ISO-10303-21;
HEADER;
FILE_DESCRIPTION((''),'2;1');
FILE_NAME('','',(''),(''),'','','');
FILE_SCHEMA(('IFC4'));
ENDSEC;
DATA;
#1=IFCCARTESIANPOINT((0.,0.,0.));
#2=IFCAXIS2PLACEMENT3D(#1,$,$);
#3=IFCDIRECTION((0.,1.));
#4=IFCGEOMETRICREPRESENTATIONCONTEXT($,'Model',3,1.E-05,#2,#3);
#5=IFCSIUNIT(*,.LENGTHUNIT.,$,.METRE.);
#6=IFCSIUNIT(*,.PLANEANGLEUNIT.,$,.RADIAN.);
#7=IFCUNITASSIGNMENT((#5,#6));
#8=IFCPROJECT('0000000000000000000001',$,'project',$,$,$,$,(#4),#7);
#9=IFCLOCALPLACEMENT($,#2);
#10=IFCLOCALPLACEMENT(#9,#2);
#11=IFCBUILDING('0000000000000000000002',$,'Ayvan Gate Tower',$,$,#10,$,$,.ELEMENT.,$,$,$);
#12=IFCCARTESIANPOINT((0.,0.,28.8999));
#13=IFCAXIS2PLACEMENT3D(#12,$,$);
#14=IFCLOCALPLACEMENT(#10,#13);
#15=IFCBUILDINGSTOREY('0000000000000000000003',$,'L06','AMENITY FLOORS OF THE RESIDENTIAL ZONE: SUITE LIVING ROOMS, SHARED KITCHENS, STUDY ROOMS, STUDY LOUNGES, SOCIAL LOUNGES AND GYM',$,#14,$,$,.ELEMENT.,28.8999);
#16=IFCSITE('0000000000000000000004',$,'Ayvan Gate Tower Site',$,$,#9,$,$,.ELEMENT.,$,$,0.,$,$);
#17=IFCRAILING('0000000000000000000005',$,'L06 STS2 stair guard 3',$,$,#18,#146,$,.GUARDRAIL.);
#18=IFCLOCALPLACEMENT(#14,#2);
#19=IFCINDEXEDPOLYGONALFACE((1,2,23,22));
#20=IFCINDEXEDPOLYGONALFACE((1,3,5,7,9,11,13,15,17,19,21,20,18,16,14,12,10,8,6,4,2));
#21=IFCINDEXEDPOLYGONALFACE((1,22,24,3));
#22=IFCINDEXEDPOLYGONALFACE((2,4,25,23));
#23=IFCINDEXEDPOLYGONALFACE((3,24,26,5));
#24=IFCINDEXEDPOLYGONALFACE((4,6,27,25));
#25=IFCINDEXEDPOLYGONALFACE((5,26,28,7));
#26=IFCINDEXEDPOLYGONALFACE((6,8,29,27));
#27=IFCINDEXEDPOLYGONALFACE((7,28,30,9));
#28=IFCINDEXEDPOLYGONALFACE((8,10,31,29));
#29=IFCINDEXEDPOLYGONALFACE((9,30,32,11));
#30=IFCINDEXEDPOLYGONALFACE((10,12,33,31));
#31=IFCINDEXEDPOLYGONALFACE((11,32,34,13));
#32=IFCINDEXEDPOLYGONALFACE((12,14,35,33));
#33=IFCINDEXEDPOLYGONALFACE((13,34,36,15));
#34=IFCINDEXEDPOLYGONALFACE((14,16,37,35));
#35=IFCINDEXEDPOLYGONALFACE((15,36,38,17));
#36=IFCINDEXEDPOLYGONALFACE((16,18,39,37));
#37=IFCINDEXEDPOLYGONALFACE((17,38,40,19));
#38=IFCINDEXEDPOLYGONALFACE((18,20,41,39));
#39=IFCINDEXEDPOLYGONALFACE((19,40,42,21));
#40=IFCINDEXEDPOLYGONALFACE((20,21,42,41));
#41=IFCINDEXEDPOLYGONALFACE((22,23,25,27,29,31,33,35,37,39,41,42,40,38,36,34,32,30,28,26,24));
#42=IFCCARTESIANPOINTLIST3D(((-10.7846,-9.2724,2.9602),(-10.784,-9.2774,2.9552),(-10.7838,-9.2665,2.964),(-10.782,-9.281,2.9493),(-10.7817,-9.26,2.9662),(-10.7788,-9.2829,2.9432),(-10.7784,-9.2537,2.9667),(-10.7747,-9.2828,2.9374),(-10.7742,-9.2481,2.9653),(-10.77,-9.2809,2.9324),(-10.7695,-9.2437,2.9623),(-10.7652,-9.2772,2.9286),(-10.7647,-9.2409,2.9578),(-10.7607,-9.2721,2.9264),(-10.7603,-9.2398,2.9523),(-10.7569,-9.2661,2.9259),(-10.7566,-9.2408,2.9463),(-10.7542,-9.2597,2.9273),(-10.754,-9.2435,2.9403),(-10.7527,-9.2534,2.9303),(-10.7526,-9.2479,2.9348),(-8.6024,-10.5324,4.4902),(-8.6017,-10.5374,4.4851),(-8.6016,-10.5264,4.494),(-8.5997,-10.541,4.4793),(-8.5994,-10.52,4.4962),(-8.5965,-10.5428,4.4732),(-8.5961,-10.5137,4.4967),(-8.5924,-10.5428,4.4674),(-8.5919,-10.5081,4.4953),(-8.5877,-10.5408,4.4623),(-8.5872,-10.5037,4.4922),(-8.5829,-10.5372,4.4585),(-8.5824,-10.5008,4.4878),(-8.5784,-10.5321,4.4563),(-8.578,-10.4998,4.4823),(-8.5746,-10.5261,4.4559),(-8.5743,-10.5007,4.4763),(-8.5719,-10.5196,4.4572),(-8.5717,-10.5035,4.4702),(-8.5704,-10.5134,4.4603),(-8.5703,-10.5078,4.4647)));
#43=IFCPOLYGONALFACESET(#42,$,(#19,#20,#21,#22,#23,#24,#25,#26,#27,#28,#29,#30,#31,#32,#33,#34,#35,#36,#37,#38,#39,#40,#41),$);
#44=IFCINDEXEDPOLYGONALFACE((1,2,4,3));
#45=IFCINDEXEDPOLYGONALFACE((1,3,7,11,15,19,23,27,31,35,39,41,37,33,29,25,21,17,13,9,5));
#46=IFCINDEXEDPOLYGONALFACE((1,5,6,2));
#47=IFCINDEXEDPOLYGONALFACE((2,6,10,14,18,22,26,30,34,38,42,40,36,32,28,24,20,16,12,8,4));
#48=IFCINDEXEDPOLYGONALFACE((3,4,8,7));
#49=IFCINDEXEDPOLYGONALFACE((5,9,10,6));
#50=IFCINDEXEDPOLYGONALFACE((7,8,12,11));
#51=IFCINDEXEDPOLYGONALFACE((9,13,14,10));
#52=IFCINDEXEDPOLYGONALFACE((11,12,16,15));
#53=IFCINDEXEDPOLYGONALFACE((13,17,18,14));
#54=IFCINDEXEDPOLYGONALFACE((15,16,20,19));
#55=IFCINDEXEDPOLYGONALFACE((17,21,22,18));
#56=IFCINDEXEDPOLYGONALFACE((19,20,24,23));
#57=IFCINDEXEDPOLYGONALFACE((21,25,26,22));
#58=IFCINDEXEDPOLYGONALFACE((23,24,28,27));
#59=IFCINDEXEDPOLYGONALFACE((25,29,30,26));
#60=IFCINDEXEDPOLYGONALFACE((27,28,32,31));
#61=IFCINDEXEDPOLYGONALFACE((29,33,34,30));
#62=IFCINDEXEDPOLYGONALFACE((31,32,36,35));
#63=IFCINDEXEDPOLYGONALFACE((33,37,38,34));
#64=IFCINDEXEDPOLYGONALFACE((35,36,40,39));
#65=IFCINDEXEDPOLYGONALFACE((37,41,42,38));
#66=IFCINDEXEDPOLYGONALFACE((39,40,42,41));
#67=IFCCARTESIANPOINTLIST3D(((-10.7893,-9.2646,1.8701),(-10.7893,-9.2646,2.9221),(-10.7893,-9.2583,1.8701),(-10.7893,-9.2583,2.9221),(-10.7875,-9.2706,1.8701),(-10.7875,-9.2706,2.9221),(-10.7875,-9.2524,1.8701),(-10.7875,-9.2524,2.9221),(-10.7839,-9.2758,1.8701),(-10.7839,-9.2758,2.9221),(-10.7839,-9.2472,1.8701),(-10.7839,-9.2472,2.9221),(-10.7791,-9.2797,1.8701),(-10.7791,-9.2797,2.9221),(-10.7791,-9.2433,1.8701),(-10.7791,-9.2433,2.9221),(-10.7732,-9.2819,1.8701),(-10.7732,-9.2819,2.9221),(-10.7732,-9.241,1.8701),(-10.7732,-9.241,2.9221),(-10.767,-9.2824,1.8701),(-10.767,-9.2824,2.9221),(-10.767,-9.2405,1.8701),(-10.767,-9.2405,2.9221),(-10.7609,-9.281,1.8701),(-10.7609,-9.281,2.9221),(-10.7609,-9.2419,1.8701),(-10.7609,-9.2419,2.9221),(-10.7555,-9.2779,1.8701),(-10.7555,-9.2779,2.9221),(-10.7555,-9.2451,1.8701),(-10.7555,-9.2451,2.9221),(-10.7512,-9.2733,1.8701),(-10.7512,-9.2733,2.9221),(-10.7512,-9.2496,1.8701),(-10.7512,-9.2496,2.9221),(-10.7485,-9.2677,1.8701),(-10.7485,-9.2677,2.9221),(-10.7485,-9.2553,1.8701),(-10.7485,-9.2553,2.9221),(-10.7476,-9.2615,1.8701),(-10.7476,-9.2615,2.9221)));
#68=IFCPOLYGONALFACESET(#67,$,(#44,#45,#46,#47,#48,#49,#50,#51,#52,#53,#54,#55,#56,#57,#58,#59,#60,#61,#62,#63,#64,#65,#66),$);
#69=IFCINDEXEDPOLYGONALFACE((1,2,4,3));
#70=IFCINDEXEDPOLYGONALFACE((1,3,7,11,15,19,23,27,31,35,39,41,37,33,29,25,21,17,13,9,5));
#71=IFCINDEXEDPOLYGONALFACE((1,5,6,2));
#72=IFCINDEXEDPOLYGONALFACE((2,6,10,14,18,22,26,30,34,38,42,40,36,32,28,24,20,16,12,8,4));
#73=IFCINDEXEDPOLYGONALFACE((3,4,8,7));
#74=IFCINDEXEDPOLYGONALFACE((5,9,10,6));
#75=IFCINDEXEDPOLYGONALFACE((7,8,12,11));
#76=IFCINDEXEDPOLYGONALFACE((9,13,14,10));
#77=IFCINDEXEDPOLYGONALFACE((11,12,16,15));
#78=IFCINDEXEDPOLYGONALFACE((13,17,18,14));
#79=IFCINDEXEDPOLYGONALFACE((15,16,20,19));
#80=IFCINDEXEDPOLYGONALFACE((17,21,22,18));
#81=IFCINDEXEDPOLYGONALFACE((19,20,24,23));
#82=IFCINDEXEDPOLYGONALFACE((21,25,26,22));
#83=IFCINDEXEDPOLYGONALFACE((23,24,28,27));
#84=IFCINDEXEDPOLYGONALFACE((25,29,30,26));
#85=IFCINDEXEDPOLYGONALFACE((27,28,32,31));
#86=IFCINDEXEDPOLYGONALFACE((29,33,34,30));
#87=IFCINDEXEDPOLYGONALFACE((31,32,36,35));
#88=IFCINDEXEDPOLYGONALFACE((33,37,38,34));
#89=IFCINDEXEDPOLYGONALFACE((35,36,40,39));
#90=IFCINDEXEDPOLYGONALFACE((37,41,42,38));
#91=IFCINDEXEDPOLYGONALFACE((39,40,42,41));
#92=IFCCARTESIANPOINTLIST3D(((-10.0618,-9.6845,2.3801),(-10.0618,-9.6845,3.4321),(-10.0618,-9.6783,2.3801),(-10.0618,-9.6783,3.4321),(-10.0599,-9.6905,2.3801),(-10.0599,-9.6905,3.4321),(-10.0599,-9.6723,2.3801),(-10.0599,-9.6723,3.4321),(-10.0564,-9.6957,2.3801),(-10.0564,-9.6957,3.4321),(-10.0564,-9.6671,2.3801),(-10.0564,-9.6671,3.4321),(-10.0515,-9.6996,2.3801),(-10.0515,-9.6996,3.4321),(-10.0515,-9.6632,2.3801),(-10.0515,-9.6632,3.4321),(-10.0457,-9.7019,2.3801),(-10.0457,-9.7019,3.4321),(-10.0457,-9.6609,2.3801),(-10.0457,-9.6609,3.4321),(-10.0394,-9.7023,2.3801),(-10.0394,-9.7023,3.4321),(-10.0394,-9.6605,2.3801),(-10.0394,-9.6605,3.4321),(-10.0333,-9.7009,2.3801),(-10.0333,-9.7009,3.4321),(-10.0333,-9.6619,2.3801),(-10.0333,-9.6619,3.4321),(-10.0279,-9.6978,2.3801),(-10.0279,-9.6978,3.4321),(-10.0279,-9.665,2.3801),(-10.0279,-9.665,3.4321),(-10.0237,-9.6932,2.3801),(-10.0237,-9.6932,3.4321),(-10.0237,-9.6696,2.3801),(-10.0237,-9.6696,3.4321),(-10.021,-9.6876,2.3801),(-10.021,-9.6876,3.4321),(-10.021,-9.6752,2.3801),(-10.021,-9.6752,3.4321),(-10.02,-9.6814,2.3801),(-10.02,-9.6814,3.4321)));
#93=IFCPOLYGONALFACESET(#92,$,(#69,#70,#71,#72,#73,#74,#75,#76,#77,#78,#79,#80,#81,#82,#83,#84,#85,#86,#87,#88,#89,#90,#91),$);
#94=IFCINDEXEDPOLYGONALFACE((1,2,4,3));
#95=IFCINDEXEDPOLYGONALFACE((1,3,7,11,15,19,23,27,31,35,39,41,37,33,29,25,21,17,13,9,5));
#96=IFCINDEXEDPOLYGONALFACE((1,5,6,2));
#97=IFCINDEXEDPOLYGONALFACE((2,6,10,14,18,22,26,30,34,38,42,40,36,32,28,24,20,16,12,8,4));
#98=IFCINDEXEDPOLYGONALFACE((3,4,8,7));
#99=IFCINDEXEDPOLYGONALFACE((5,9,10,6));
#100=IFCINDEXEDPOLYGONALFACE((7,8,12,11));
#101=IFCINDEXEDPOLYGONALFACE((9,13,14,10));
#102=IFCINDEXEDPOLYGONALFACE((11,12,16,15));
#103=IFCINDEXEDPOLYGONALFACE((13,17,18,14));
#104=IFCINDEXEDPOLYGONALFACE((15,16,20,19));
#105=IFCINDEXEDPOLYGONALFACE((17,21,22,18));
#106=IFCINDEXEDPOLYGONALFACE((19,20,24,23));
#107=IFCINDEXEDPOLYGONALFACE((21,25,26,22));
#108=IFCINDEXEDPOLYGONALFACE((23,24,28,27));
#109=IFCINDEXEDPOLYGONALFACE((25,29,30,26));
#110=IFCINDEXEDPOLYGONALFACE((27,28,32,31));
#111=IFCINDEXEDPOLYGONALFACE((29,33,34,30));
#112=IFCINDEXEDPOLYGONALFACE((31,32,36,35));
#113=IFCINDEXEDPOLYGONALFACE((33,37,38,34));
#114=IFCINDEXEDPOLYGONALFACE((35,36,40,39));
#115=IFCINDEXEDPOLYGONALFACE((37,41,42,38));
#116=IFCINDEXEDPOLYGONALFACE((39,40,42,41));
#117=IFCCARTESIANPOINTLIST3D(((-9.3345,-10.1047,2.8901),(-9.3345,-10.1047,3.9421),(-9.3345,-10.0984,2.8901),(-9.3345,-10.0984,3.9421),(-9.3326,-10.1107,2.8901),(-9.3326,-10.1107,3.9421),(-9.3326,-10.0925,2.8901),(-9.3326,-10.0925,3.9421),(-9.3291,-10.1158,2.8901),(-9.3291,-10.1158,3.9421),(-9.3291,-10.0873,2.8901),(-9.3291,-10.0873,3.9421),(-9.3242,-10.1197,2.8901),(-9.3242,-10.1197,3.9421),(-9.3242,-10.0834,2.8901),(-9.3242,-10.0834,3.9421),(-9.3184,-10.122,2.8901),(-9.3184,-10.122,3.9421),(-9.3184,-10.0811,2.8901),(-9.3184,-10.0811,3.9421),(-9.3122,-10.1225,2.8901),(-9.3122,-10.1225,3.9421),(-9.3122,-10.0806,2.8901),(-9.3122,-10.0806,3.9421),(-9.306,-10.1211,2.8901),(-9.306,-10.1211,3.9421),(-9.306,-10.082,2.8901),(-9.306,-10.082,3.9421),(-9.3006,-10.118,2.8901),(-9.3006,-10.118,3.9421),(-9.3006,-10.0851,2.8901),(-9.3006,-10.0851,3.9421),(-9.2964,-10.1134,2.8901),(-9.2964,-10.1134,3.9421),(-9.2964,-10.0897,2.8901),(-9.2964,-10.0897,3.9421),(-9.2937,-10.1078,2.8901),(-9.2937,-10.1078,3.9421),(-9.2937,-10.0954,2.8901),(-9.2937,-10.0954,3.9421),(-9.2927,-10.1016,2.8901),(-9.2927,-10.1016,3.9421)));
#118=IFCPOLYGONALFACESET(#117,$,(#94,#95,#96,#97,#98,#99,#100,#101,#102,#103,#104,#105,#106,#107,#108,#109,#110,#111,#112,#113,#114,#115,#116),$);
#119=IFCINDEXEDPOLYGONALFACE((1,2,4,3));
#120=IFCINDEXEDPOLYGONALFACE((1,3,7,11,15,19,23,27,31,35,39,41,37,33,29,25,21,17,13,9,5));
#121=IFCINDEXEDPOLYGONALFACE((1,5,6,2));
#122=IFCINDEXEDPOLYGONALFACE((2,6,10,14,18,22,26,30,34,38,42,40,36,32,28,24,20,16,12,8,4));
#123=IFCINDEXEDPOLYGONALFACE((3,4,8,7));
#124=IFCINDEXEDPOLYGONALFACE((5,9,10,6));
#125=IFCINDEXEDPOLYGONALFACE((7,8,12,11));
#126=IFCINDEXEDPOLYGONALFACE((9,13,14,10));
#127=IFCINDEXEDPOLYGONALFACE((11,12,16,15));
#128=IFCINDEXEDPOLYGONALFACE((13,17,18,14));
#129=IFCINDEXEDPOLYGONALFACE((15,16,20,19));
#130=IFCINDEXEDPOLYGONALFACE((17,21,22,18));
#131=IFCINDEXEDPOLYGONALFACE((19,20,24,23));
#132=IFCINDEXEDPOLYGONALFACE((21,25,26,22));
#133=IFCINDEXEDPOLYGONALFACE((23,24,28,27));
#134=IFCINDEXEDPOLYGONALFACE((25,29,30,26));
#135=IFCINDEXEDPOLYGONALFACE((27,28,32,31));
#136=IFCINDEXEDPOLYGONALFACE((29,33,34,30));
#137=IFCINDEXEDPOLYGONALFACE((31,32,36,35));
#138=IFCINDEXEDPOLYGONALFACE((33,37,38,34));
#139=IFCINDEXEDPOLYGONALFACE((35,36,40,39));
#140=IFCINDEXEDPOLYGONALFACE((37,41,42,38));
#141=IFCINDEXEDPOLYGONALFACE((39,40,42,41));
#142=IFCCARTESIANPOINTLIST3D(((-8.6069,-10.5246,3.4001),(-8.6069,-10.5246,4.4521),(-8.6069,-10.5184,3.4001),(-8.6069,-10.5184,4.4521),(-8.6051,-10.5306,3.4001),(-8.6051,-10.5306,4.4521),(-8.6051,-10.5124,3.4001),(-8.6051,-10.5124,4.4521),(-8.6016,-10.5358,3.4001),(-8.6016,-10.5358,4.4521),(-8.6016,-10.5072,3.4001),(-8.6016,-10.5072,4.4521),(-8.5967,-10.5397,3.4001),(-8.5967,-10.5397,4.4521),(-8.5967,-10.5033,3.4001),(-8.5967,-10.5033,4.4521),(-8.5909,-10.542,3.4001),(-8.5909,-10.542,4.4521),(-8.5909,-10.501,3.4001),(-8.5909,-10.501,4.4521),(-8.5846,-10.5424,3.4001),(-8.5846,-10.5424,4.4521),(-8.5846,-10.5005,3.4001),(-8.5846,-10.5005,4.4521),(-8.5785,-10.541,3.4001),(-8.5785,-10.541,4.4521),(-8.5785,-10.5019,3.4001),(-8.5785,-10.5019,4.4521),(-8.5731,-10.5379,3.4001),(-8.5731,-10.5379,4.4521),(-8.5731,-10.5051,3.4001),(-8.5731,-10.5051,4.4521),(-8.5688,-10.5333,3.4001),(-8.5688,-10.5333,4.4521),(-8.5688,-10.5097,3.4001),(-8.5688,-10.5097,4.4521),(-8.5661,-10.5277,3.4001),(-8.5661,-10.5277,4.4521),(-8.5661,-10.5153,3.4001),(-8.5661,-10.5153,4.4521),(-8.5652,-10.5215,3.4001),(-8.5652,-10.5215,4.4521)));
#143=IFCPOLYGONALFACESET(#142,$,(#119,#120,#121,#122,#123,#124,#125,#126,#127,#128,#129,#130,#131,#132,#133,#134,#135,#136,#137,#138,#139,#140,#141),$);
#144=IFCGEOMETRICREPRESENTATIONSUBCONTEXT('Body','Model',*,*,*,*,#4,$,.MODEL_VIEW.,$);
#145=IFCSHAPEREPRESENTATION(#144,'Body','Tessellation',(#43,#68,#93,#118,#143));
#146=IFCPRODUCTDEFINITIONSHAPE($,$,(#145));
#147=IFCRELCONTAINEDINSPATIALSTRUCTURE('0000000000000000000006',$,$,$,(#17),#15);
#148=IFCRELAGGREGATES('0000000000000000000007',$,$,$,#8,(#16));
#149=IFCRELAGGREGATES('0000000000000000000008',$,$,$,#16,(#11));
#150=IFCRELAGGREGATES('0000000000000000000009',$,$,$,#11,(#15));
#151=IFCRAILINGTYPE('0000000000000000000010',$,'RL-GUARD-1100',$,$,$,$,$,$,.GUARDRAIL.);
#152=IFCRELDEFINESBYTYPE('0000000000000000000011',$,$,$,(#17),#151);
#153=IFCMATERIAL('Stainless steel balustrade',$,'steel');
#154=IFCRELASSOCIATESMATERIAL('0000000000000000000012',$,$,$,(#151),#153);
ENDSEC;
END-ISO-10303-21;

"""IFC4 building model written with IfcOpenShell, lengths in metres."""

from ifc_helpers import new_model, si_unit, direction, frame, origin, origin_2d, place, context, subcontext, project, spatial, circle, extrude, material, type_object, element, save


model = new_model("IFC4")

# Units and contexts
model_context = context("Model", 3, precision=1e-05, world=origin(), true_north=direction((0.0, 1.0)))
body_context = subcontext(model_context, "Body", "Model", "MODEL_VIEW")
ifc_project = project(units=[si_unit("LENGTHUNIT", "METRE"), si_unit("PLANEANGLEUNIT", "RADIAN")], contexts=[model_context])

# Site, building, storey
site_placement = place(None, origin())
site = spatial("IfcSite", under=ifc_project, at=site_placement, Name="Ayvan Gate Tower Site", CompositionType="ELEMENT", RefElevation=0.0)
building_placement = place(site_placement, origin())
building = spatial("IfcBuilding", under=site, at=building_placement, Name="Ayvan Gate Tower", CompositionType="ELEMENT")
storey_placement = place(building_placement, frame((0.0, 0.0, 28.8999)))
storey = spatial("IfcBuildingStorey", under=building, at=storey_placement, Name="L06", Description="AMENITY FLOORS OF THE RESIDENTIAL ZONE: SUITE LIVING ROOMS, SHARED KITCHENS, STUDY ROOMS, STUDY LOUNGES, SOCIAL LOUNGES AND GYM", CompositionType="ELEMENT", Elevation=28.8999)

# Railing
ifc_material_1 = material(Name="Stainless steel balustrade", Category="steel")
railing_type_1 = type_object("IfcRailingType", Name="RL-GUARD-1100", PredefinedType="GUARDRAIL", material=ifc_material_1)
railing_1_placement = place(storey_placement, frame((-10.7686, -9.2615, 1.8701)))
element("IfcRailing", 1, at=railing_1_placement, inside=storey, type_object=railing_type_1, Name="L06 STS2 stair guard 3", PredefinedType="GUARDRAIL", context=body_context, shape_type="SweptSolid", body=[
    extrude(circle(Radius=0.0239, at=origin_2d()), frame((0.0, 0.0, 1.0762), z_axis=(0.740261, -0.427395, 0.518986), x_axis=(0.500005, 0.866023, 0.0)), (0.0, 0.0, 1.0), 2.948),
    extrude(circle(Radius=0.021, at=origin_2d()), origin(), (0.0, 0.0, 1.0), 1.052),
    extrude(circle(Radius=0.021, at=origin_2d()), frame((0.7275, -0.4199, 0.51)), (0.0, 0.0, 1.0), 1.052),
    extrude(circle(Radius=0.021, at=origin_2d()), frame((1.4548, -0.8401, 1.02)), (0.0, 0.0, 1.0), 1.052),
    extrude(circle(Radius=0.021, at=origin_2d()), frame((2.1824, -1.26, 1.53)), (0.0, 0.0, 1.0), 1.052),
])

save(model, "model.ifc")
